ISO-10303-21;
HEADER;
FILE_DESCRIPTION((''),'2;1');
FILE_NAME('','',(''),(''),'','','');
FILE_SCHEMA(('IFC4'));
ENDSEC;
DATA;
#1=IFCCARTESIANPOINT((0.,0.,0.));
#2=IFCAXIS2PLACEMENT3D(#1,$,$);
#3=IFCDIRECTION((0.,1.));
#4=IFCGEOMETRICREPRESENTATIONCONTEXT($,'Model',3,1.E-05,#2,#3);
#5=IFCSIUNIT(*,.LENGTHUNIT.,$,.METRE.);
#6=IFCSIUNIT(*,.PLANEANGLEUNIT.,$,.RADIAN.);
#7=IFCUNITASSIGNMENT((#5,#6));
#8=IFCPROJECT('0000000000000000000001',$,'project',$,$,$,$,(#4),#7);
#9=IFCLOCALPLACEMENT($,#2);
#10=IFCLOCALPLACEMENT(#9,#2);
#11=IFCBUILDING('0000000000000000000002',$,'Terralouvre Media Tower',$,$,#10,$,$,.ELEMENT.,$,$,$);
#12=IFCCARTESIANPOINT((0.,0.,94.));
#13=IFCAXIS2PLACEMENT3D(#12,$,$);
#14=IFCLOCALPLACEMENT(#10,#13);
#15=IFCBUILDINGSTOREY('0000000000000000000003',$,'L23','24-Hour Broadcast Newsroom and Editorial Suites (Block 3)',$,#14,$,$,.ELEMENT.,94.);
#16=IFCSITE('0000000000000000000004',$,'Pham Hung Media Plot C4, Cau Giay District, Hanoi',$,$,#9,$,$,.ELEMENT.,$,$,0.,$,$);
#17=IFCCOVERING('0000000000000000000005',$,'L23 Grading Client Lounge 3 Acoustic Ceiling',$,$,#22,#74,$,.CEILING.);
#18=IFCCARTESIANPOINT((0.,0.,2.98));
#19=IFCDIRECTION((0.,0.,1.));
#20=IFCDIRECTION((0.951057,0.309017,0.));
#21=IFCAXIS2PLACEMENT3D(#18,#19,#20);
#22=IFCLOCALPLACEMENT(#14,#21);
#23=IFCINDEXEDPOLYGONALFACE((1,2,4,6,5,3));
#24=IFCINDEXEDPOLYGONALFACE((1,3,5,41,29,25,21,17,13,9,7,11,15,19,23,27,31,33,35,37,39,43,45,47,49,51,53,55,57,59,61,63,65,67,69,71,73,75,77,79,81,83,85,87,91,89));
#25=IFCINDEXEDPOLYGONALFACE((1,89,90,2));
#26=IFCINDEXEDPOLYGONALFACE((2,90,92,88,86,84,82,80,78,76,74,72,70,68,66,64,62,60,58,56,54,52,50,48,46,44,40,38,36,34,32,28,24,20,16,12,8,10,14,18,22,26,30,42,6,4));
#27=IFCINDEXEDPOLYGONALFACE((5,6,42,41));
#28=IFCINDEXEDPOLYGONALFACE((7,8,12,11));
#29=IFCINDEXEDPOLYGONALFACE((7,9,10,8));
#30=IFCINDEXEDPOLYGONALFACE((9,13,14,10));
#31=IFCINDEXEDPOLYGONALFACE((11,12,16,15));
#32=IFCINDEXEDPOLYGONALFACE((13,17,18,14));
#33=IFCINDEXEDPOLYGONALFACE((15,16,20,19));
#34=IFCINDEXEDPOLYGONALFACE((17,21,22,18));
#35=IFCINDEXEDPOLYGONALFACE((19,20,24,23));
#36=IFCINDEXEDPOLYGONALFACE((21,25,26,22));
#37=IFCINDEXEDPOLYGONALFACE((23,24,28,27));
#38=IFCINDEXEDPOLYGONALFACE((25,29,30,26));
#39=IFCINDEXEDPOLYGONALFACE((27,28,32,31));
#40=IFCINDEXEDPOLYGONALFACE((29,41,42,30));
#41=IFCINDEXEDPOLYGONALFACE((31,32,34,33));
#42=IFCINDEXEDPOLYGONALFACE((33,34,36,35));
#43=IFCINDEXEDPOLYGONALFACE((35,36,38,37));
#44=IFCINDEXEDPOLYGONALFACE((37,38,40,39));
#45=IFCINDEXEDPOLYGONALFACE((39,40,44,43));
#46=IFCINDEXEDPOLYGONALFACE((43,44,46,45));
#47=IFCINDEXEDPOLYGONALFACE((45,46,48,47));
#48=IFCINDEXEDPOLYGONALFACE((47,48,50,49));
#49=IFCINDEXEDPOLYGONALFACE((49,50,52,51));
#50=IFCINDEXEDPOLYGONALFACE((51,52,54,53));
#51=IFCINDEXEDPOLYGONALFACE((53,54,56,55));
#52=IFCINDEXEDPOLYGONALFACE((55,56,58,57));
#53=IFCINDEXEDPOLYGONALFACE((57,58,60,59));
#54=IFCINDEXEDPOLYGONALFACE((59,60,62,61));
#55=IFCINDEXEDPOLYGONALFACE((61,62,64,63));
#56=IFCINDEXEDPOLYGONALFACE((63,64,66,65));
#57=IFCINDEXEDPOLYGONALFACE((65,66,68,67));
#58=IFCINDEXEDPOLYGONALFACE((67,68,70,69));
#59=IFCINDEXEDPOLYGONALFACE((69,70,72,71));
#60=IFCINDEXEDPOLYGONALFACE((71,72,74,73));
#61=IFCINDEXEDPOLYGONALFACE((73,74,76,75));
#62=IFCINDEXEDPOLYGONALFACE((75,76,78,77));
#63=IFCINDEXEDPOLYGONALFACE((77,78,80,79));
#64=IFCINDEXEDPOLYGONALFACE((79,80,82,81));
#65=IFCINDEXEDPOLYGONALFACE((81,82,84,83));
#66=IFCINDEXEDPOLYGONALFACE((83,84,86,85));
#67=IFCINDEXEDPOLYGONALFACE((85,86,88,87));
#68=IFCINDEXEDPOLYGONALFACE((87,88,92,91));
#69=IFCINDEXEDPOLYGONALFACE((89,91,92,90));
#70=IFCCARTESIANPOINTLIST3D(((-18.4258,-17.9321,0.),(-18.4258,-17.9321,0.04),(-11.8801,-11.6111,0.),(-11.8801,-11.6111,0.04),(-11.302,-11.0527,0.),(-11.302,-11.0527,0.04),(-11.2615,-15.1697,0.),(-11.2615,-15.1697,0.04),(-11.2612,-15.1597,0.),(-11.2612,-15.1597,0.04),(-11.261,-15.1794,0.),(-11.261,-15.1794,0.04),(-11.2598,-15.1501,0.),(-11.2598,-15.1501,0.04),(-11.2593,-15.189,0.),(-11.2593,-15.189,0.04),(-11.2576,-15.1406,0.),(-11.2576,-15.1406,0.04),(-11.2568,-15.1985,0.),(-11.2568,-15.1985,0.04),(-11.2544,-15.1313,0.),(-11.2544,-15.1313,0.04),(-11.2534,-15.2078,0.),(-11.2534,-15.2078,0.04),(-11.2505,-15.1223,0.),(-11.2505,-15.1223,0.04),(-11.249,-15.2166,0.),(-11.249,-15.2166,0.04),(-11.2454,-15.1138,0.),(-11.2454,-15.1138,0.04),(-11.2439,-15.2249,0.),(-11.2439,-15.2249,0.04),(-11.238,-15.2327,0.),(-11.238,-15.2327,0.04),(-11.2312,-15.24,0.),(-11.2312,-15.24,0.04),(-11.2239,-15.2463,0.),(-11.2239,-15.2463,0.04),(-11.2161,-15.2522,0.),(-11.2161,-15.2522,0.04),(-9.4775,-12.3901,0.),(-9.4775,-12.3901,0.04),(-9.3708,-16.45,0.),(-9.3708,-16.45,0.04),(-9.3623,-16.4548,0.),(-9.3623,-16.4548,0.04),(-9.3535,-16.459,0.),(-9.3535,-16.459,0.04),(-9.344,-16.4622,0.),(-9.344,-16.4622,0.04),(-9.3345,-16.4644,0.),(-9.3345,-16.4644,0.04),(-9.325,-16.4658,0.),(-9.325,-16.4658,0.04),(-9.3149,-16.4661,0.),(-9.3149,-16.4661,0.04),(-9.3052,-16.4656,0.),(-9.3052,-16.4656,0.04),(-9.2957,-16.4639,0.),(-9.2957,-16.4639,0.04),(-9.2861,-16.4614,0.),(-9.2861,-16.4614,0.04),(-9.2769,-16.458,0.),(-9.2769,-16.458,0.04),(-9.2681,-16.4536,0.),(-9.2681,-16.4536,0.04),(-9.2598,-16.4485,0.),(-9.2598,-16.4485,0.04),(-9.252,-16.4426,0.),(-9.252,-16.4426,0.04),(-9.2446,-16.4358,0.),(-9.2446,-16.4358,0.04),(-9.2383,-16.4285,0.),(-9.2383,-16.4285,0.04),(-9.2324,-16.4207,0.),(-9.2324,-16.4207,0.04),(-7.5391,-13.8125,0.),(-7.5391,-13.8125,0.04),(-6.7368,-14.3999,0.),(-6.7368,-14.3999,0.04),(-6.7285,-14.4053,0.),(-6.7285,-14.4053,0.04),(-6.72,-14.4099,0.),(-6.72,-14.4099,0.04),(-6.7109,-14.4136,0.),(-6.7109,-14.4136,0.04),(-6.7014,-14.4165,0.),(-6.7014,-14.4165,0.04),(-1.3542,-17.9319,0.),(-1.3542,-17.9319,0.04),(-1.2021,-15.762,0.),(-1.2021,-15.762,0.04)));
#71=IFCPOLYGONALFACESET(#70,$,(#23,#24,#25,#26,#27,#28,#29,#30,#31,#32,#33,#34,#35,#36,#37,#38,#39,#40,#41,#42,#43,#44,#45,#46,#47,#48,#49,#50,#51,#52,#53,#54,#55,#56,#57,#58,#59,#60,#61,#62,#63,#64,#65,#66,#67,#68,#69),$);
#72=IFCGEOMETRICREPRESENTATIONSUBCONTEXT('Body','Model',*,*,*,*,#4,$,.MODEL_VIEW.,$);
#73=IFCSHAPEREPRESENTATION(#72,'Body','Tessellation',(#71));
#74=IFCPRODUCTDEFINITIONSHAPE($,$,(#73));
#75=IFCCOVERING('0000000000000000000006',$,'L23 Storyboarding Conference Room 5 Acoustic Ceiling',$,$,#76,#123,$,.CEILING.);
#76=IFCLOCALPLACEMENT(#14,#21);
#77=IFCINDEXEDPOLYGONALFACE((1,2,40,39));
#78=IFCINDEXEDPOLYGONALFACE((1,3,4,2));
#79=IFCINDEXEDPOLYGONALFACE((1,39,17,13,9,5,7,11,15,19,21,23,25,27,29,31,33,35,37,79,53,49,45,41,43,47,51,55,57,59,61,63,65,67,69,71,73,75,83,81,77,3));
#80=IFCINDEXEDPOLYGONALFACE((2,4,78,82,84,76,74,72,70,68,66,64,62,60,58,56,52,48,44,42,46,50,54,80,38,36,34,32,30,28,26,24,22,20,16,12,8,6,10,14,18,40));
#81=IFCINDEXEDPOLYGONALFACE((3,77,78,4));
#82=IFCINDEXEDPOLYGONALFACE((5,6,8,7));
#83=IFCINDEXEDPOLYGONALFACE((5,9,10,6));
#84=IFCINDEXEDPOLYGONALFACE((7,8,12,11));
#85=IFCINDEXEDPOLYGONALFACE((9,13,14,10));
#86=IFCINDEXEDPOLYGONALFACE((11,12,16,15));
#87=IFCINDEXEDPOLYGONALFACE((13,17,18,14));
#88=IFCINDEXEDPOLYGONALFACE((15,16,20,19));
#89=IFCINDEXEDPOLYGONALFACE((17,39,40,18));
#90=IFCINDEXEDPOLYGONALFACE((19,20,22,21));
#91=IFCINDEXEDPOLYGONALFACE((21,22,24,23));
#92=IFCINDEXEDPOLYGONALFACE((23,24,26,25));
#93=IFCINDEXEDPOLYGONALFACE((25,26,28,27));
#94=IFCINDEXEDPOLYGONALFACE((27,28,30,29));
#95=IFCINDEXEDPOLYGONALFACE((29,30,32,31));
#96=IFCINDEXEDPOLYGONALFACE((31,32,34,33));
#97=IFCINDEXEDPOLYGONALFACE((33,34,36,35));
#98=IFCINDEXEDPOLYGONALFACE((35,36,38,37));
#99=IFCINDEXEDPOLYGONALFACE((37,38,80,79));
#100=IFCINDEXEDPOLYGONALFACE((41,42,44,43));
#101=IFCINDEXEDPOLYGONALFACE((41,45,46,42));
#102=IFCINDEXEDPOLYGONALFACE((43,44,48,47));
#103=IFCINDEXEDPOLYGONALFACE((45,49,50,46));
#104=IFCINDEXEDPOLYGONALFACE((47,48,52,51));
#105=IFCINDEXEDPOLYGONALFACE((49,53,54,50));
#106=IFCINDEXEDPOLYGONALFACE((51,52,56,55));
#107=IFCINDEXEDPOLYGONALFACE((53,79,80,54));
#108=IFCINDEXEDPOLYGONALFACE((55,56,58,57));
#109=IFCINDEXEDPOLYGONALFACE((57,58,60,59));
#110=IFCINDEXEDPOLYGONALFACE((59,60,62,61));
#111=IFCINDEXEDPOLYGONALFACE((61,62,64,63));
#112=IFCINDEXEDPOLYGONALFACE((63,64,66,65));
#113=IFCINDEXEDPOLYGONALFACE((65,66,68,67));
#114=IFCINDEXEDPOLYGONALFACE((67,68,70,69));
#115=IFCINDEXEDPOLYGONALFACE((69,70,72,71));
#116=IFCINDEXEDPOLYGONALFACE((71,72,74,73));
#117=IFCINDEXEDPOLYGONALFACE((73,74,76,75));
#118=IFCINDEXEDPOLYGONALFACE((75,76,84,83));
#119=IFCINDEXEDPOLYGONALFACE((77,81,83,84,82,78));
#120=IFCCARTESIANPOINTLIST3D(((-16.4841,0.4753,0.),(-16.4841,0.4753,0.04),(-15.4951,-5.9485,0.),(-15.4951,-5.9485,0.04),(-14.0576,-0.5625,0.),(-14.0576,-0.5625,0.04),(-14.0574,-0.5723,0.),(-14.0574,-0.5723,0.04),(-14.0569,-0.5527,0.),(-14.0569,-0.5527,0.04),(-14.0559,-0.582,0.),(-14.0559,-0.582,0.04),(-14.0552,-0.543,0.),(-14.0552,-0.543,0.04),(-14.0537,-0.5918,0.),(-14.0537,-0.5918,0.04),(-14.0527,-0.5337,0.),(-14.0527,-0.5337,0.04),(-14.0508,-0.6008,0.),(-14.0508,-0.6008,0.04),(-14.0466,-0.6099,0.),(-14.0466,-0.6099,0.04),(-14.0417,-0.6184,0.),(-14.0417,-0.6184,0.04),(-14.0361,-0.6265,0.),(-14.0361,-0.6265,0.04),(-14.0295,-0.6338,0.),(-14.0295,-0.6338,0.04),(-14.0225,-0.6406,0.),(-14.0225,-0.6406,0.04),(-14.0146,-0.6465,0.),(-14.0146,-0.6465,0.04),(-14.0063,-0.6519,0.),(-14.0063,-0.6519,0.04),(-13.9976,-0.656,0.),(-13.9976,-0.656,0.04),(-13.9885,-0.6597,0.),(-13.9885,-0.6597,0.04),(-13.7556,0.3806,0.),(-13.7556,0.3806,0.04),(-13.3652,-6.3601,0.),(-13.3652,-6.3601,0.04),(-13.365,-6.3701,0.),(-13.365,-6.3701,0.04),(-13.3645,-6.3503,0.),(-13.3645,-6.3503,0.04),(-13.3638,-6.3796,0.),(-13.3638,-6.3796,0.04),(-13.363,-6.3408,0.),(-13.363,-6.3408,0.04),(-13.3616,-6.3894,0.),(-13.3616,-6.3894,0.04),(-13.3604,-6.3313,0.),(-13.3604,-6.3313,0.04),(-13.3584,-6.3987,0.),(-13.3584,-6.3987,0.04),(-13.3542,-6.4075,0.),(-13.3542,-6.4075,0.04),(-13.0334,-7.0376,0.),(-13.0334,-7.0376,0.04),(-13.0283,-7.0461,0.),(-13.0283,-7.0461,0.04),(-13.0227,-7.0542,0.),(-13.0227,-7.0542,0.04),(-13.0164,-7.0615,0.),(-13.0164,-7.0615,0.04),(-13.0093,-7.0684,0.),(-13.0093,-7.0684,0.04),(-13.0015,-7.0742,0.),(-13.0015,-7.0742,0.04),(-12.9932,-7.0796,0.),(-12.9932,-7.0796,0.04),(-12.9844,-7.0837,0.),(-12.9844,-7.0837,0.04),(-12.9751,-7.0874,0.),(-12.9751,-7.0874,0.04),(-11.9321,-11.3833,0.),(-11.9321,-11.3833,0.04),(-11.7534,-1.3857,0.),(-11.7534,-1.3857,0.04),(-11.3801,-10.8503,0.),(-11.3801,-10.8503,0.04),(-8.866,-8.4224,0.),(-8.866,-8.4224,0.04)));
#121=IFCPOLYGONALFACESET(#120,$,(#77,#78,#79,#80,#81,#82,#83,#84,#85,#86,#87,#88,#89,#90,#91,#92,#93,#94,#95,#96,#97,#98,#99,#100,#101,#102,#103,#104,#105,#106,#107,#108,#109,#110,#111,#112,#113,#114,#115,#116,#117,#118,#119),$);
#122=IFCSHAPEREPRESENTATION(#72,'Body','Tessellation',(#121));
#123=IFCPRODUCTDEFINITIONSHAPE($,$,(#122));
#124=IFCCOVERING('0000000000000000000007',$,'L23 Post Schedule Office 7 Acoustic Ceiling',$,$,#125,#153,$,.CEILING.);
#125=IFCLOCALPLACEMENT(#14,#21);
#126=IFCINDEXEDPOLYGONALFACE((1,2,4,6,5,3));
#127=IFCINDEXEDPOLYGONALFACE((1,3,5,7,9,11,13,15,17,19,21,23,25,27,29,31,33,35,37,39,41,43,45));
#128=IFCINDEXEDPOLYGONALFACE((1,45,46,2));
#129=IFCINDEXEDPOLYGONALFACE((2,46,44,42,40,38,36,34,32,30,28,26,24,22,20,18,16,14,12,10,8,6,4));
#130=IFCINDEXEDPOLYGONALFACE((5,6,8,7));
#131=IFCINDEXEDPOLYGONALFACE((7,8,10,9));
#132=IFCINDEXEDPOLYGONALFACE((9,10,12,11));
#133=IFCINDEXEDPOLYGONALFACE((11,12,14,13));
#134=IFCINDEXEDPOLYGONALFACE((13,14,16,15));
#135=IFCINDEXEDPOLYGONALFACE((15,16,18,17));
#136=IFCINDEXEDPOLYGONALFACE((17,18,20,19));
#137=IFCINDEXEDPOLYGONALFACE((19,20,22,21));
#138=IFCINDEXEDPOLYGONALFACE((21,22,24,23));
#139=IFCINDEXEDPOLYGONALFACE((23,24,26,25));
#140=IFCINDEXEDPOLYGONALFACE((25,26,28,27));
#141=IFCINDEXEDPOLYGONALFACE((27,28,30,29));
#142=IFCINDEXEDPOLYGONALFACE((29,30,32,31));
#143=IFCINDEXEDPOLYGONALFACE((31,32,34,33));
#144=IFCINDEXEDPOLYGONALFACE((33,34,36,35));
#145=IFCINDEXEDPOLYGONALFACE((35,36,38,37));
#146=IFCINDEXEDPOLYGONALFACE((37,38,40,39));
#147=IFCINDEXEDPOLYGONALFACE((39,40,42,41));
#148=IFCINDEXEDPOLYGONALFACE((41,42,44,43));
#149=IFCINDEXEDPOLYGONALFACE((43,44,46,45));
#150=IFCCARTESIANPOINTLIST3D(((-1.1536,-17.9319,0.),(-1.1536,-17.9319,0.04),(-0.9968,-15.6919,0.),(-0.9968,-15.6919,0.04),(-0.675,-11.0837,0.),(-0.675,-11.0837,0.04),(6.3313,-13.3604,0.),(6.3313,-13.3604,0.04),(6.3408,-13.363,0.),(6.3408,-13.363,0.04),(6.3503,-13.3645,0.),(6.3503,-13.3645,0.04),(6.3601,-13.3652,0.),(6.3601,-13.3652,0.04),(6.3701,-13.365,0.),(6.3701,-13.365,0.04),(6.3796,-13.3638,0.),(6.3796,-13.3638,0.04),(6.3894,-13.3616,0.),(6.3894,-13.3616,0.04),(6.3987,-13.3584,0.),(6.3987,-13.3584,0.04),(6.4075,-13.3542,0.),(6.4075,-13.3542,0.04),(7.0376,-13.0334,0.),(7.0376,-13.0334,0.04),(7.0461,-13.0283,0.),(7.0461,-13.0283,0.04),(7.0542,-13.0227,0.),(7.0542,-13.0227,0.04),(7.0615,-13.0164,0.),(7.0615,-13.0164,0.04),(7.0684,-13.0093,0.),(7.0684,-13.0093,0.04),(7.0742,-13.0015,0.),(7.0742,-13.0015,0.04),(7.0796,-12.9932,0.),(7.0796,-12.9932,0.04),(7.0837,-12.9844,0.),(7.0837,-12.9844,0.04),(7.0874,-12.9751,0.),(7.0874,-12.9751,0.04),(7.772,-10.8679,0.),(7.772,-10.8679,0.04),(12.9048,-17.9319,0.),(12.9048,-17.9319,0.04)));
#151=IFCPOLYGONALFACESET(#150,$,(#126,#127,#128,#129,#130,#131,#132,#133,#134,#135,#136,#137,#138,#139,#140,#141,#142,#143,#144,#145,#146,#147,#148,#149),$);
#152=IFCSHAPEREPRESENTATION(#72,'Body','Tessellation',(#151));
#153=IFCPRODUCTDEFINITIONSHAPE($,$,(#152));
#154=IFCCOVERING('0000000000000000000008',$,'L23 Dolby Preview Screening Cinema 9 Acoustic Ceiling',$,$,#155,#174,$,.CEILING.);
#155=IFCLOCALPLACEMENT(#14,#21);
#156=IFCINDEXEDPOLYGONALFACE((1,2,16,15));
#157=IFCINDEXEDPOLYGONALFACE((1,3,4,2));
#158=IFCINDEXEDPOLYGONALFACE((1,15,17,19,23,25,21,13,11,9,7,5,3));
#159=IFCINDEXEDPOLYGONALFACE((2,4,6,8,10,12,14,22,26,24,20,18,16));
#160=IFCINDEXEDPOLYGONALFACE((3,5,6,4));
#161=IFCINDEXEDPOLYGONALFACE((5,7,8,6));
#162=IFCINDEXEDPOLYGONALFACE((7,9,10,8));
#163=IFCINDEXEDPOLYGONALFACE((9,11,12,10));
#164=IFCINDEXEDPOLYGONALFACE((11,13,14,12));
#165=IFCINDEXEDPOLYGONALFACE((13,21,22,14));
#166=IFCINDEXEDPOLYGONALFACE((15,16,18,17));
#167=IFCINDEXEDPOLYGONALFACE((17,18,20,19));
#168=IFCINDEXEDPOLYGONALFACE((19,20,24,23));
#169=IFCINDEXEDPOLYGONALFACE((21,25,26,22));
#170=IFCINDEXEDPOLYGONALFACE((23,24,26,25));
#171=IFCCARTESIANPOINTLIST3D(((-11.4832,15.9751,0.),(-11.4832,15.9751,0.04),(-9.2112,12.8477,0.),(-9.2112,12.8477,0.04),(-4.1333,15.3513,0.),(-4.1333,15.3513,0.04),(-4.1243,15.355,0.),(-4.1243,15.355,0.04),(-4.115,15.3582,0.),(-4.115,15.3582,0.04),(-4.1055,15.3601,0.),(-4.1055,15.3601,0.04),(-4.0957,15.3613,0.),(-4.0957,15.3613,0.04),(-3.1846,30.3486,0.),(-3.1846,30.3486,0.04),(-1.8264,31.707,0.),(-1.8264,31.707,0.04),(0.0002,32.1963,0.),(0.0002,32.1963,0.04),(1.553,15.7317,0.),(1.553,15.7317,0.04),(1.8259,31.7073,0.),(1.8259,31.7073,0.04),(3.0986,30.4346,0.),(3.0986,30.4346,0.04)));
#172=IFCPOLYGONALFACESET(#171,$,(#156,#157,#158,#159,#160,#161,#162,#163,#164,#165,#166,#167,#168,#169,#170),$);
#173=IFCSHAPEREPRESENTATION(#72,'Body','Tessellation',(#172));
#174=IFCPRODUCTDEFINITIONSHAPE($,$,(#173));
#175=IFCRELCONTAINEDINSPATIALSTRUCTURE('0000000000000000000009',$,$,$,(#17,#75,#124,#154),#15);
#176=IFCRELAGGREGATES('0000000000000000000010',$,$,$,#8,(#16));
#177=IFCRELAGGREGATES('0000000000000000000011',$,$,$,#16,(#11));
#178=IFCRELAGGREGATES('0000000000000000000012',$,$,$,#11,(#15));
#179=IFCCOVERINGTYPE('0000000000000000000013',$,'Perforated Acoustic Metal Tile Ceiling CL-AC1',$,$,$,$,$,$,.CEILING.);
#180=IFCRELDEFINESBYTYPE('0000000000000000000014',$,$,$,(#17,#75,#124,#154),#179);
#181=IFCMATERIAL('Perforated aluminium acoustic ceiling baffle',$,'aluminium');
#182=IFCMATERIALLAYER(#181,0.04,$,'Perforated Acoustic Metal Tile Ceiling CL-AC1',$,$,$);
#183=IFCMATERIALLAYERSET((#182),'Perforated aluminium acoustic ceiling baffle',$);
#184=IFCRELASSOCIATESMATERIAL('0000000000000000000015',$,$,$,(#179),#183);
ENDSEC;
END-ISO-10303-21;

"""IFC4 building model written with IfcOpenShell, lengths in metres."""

from ifc_helpers import new_model, si_unit, direction, frame, origin, place, context, subcontext, project, spatial, polyline, outline, extrude, material, layer, layer_set, type_object, element, save


model = new_model("IFC4")

# Units and contexts
model_context = context("Model", 3, precision=1e-05, world=origin(), true_north=direction((0.0, 1.0)))
body_context = subcontext(model_context, "Body", "Model", "MODEL_VIEW")
ifc_project = project(units=[si_unit("LENGTHUNIT", "METRE"), si_unit("PLANEANGLEUNIT", "RADIAN")], contexts=[model_context])

# Site, building, storey
site_placement = place(None, origin())
site = spatial("IfcSite", under=ifc_project, at=site_placement, Name="Pham Hung Media Plot C4, Cau Giay District, Hanoi", CompositionType="ELEMENT", RefElevation=0.0)
building_placement = place(site_placement, origin())
building = spatial("IfcBuilding", under=site, at=building_placement, Name="Terralouvre Media Tower", CompositionType="ELEMENT")
storey_placement = place(building_placement, frame((0.0, 0.0, 94.0)))
storey = spatial("IfcBuildingStorey", under=building, at=storey_placement, Name="L23", Description="24-Hour Broadcast Newsroom and Editorial Suites (Block 3)", CompositionType="ELEMENT", Elevation=94.0)

# Coverings
ifc_material_1 = material(Name="Perforated aluminium acoustic ceiling baffle", Category="aluminium")
ifc_layer_1 = layer(ifc_material_1, 0.04, Name="Perforated Acoustic Metal Tile Ceiling CL-AC1")
ifc_layer_set_1 = layer_set([ifc_layer_1], Name="Perforated aluminium acoustic ceiling baffle")
covering_type_1 = type_object("IfcCoveringType", Name="Perforated Acoustic Metal Tile Ceiling CL-AC1", PredefinedType="CEILING", material=ifc_layer_set_1)
covering_1_placement = place(storey_placement, frame((0.0, 0.0, 2.98), z_axis=(0.0, 0.0, 1.0), x_axis=(0.951057, 0.309017, 0.0)))
element("IfcCovering", 1, at=covering_1_placement, inside=storey, type_object=covering_type_1, Name="L23 Grading Client Lounge 3 Acoustic Ceiling", PredefinedType="CEILING", context=body_context, shape_type="SweptSolid", body=[
    extrude(outline(polyline([(-6.7014, -14.4165), (-6.7109, -14.4136), (-6.72, -14.4099), (-6.7285, -14.4053), (-6.7368, -14.3999), (-7.5391, -13.8125), (-9.2324, -16.4207), (-9.2383, -16.4285), (-9.2446, -16.4358), (-9.252, -16.4426), (-9.2598, -16.4485), (-9.2681, -16.4536), (-9.2769, -16.458), (-9.2861, -16.4614), (-9.2957, -16.4639), (-9.3052, -16.4656), (-9.3149, -16.4661), (-9.325, -16.4658), (-9.3345, -16.4644), (-9.344, -16.4622), (-9.3535, -16.459), (-9.3623, -16.4548), (-9.3708, -16.45), (-11.2161, -15.2522), (-11.2239, -15.2463), (-11.2312, -15.24), (-11.238, -15.2327), (-11.2439, -15.2249), (-11.249, -15.2166), (-11.2534, -15.2078), (-11.2568, -15.1985), (-11.2593, -15.189), (-11.261, -15.1794), (-11.2615, -15.1697), (-11.2612, -15.1597), (-11.2598, -15.1501), (-11.2576, -15.1406), (-11.2544, -15.1313), (-11.2505, -15.1223), (-11.2454, -15.1138), (-9.4775, -12.3901), (-11.302, -11.0527), (-11.8801, -11.6111), (-18.4258, -17.9321), (-1.3542, -17.9319), (-1.2021, -15.762), (-6.7014, -14.4165)])), origin(), (0.0, 0.0, 1.0), 0.04),
])
covering_2_placement = place(storey_placement, frame((0.0, 0.0, 2.98), z_axis=(0.0, 0.0, 1.0), x_axis=(0.951057, 0.309017, 0.0)))
element("IfcCovering", 2, at=covering_2_placement, inside=storey, type_object=covering_type_1, Name="L23 Storyboarding Conference Room 5 Acoustic Ceiling", PredefinedType="CEILING", context=body_context, shape_type="SweptSolid", body=[
    extrude(outline(polyline([(-13.9976, -0.656), (-14.0063, -0.6519), (-14.0146, -0.6465), (-14.0225, -0.6406), (-14.0295, -0.6338), (-14.0361, -0.6265), (-14.0417, -0.6184), (-14.0466, -0.6099), (-14.0508, -0.6008), (-14.0537, -0.5918), (-14.0559, -0.582), (-14.0574, -0.5723), (-14.0576, -0.5625), (-14.0569, -0.5527), (-14.0552, -0.543), (-14.0527, -0.5337), (-13.7556, 0.3806), (-16.4841, 0.4753), (-15.4951, -5.9485), (-11.9321, -11.3833), (-11.3801, -10.8503), (-8.866, -8.4224), (-12.9751, -7.0874), (-12.9844, -7.0837), (-12.9932, -7.0796), (-13.0015, -7.0742), (-13.0093, -7.0684), (-13.0164, -7.0615), (-13.0227, -7.0542), (-13.0283, -7.0461), (-13.0334, -7.0376), (-13.3542, -6.4075), (-13.3584, -6.3987), (-13.3616, -6.3894), (-13.3638, -6.3796), (-13.365, -6.3701), (-13.3652, -6.3601), (-13.3645, -6.3503), (-13.363, -6.3408), (-13.3604, -6.3313), (-11.7534, -1.3857), (-13.9885, -0.6597), (-13.9976, -0.656)])), origin(), (0.0, 0.0, 1.0), 0.04),
])
covering_3_placement = place(storey_placement, frame((0.0, 0.0, 2.98), z_axis=(0.0, 0.0, 1.0), x_axis=(0.951057, 0.309017, 0.0)))
element("IfcCovering", 3, at=covering_3_placement, inside=storey, type_object=covering_type_1, Name="L23 Post Schedule Office 7 Acoustic Ceiling", PredefinedType="CEILING", context=body_context, shape_type="SweptSolid", body=[
    extrude(outline(polyline([(7.0874, -12.9751), (7.0837, -12.9844), (7.0796, -12.9932), (7.0742, -13.0015), (7.0684, -13.0093), (7.0615, -13.0164), (7.0542, -13.0227), (7.0461, -13.0283), (7.0376, -13.0334), (6.4075, -13.3542), (6.3987, -13.3584), (6.3894, -13.3616), (6.3796, -13.3638), (6.3701, -13.365), (6.3601, -13.3652), (6.3503, -13.3645), (6.3408, -13.363), (6.3313, -13.3604), (-0.675, -11.0837), (-0.9968, -15.6919), (-1.1536, -17.9319), (12.9048, -17.9319), (7.772, -10.8679), (7.0874, -12.9751)])), origin(), (0.0, 0.0, 1.0), 0.04),
])
covering_4_placement = place(storey_placement, frame((0.0, 0.0, 2.98), z_axis=(0.0, 0.0, 1.0), x_axis=(0.951057, 0.309017, 0.0)))
element("IfcCovering", 4, at=covering_4_placement, inside=storey, type_object=covering_type_1, Name="L23 Dolby Preview Screening Cinema 9 Acoustic Ceiling", PredefinedType="CEILING", context=body_context, shape_type="SweptSolid", body=[
    extrude(outline(polyline([(-9.2112, 12.8477), (-4.1333, 15.3513), (-4.1243, 15.355), (-4.115, 15.3582), (-4.1055, 15.3601), (-4.0957, 15.3613), (1.553, 15.7317), (3.0986, 30.4346), (1.8259, 31.7073), (0.0002, 32.1963), (-1.8264, 31.707), (-3.1846, 30.3486), (-11.4832, 15.9751), (-9.2112, 12.8477)])), origin(), (0.0, 0.0, 1.0), 0.04),
])

save(model, "model.ifc")
